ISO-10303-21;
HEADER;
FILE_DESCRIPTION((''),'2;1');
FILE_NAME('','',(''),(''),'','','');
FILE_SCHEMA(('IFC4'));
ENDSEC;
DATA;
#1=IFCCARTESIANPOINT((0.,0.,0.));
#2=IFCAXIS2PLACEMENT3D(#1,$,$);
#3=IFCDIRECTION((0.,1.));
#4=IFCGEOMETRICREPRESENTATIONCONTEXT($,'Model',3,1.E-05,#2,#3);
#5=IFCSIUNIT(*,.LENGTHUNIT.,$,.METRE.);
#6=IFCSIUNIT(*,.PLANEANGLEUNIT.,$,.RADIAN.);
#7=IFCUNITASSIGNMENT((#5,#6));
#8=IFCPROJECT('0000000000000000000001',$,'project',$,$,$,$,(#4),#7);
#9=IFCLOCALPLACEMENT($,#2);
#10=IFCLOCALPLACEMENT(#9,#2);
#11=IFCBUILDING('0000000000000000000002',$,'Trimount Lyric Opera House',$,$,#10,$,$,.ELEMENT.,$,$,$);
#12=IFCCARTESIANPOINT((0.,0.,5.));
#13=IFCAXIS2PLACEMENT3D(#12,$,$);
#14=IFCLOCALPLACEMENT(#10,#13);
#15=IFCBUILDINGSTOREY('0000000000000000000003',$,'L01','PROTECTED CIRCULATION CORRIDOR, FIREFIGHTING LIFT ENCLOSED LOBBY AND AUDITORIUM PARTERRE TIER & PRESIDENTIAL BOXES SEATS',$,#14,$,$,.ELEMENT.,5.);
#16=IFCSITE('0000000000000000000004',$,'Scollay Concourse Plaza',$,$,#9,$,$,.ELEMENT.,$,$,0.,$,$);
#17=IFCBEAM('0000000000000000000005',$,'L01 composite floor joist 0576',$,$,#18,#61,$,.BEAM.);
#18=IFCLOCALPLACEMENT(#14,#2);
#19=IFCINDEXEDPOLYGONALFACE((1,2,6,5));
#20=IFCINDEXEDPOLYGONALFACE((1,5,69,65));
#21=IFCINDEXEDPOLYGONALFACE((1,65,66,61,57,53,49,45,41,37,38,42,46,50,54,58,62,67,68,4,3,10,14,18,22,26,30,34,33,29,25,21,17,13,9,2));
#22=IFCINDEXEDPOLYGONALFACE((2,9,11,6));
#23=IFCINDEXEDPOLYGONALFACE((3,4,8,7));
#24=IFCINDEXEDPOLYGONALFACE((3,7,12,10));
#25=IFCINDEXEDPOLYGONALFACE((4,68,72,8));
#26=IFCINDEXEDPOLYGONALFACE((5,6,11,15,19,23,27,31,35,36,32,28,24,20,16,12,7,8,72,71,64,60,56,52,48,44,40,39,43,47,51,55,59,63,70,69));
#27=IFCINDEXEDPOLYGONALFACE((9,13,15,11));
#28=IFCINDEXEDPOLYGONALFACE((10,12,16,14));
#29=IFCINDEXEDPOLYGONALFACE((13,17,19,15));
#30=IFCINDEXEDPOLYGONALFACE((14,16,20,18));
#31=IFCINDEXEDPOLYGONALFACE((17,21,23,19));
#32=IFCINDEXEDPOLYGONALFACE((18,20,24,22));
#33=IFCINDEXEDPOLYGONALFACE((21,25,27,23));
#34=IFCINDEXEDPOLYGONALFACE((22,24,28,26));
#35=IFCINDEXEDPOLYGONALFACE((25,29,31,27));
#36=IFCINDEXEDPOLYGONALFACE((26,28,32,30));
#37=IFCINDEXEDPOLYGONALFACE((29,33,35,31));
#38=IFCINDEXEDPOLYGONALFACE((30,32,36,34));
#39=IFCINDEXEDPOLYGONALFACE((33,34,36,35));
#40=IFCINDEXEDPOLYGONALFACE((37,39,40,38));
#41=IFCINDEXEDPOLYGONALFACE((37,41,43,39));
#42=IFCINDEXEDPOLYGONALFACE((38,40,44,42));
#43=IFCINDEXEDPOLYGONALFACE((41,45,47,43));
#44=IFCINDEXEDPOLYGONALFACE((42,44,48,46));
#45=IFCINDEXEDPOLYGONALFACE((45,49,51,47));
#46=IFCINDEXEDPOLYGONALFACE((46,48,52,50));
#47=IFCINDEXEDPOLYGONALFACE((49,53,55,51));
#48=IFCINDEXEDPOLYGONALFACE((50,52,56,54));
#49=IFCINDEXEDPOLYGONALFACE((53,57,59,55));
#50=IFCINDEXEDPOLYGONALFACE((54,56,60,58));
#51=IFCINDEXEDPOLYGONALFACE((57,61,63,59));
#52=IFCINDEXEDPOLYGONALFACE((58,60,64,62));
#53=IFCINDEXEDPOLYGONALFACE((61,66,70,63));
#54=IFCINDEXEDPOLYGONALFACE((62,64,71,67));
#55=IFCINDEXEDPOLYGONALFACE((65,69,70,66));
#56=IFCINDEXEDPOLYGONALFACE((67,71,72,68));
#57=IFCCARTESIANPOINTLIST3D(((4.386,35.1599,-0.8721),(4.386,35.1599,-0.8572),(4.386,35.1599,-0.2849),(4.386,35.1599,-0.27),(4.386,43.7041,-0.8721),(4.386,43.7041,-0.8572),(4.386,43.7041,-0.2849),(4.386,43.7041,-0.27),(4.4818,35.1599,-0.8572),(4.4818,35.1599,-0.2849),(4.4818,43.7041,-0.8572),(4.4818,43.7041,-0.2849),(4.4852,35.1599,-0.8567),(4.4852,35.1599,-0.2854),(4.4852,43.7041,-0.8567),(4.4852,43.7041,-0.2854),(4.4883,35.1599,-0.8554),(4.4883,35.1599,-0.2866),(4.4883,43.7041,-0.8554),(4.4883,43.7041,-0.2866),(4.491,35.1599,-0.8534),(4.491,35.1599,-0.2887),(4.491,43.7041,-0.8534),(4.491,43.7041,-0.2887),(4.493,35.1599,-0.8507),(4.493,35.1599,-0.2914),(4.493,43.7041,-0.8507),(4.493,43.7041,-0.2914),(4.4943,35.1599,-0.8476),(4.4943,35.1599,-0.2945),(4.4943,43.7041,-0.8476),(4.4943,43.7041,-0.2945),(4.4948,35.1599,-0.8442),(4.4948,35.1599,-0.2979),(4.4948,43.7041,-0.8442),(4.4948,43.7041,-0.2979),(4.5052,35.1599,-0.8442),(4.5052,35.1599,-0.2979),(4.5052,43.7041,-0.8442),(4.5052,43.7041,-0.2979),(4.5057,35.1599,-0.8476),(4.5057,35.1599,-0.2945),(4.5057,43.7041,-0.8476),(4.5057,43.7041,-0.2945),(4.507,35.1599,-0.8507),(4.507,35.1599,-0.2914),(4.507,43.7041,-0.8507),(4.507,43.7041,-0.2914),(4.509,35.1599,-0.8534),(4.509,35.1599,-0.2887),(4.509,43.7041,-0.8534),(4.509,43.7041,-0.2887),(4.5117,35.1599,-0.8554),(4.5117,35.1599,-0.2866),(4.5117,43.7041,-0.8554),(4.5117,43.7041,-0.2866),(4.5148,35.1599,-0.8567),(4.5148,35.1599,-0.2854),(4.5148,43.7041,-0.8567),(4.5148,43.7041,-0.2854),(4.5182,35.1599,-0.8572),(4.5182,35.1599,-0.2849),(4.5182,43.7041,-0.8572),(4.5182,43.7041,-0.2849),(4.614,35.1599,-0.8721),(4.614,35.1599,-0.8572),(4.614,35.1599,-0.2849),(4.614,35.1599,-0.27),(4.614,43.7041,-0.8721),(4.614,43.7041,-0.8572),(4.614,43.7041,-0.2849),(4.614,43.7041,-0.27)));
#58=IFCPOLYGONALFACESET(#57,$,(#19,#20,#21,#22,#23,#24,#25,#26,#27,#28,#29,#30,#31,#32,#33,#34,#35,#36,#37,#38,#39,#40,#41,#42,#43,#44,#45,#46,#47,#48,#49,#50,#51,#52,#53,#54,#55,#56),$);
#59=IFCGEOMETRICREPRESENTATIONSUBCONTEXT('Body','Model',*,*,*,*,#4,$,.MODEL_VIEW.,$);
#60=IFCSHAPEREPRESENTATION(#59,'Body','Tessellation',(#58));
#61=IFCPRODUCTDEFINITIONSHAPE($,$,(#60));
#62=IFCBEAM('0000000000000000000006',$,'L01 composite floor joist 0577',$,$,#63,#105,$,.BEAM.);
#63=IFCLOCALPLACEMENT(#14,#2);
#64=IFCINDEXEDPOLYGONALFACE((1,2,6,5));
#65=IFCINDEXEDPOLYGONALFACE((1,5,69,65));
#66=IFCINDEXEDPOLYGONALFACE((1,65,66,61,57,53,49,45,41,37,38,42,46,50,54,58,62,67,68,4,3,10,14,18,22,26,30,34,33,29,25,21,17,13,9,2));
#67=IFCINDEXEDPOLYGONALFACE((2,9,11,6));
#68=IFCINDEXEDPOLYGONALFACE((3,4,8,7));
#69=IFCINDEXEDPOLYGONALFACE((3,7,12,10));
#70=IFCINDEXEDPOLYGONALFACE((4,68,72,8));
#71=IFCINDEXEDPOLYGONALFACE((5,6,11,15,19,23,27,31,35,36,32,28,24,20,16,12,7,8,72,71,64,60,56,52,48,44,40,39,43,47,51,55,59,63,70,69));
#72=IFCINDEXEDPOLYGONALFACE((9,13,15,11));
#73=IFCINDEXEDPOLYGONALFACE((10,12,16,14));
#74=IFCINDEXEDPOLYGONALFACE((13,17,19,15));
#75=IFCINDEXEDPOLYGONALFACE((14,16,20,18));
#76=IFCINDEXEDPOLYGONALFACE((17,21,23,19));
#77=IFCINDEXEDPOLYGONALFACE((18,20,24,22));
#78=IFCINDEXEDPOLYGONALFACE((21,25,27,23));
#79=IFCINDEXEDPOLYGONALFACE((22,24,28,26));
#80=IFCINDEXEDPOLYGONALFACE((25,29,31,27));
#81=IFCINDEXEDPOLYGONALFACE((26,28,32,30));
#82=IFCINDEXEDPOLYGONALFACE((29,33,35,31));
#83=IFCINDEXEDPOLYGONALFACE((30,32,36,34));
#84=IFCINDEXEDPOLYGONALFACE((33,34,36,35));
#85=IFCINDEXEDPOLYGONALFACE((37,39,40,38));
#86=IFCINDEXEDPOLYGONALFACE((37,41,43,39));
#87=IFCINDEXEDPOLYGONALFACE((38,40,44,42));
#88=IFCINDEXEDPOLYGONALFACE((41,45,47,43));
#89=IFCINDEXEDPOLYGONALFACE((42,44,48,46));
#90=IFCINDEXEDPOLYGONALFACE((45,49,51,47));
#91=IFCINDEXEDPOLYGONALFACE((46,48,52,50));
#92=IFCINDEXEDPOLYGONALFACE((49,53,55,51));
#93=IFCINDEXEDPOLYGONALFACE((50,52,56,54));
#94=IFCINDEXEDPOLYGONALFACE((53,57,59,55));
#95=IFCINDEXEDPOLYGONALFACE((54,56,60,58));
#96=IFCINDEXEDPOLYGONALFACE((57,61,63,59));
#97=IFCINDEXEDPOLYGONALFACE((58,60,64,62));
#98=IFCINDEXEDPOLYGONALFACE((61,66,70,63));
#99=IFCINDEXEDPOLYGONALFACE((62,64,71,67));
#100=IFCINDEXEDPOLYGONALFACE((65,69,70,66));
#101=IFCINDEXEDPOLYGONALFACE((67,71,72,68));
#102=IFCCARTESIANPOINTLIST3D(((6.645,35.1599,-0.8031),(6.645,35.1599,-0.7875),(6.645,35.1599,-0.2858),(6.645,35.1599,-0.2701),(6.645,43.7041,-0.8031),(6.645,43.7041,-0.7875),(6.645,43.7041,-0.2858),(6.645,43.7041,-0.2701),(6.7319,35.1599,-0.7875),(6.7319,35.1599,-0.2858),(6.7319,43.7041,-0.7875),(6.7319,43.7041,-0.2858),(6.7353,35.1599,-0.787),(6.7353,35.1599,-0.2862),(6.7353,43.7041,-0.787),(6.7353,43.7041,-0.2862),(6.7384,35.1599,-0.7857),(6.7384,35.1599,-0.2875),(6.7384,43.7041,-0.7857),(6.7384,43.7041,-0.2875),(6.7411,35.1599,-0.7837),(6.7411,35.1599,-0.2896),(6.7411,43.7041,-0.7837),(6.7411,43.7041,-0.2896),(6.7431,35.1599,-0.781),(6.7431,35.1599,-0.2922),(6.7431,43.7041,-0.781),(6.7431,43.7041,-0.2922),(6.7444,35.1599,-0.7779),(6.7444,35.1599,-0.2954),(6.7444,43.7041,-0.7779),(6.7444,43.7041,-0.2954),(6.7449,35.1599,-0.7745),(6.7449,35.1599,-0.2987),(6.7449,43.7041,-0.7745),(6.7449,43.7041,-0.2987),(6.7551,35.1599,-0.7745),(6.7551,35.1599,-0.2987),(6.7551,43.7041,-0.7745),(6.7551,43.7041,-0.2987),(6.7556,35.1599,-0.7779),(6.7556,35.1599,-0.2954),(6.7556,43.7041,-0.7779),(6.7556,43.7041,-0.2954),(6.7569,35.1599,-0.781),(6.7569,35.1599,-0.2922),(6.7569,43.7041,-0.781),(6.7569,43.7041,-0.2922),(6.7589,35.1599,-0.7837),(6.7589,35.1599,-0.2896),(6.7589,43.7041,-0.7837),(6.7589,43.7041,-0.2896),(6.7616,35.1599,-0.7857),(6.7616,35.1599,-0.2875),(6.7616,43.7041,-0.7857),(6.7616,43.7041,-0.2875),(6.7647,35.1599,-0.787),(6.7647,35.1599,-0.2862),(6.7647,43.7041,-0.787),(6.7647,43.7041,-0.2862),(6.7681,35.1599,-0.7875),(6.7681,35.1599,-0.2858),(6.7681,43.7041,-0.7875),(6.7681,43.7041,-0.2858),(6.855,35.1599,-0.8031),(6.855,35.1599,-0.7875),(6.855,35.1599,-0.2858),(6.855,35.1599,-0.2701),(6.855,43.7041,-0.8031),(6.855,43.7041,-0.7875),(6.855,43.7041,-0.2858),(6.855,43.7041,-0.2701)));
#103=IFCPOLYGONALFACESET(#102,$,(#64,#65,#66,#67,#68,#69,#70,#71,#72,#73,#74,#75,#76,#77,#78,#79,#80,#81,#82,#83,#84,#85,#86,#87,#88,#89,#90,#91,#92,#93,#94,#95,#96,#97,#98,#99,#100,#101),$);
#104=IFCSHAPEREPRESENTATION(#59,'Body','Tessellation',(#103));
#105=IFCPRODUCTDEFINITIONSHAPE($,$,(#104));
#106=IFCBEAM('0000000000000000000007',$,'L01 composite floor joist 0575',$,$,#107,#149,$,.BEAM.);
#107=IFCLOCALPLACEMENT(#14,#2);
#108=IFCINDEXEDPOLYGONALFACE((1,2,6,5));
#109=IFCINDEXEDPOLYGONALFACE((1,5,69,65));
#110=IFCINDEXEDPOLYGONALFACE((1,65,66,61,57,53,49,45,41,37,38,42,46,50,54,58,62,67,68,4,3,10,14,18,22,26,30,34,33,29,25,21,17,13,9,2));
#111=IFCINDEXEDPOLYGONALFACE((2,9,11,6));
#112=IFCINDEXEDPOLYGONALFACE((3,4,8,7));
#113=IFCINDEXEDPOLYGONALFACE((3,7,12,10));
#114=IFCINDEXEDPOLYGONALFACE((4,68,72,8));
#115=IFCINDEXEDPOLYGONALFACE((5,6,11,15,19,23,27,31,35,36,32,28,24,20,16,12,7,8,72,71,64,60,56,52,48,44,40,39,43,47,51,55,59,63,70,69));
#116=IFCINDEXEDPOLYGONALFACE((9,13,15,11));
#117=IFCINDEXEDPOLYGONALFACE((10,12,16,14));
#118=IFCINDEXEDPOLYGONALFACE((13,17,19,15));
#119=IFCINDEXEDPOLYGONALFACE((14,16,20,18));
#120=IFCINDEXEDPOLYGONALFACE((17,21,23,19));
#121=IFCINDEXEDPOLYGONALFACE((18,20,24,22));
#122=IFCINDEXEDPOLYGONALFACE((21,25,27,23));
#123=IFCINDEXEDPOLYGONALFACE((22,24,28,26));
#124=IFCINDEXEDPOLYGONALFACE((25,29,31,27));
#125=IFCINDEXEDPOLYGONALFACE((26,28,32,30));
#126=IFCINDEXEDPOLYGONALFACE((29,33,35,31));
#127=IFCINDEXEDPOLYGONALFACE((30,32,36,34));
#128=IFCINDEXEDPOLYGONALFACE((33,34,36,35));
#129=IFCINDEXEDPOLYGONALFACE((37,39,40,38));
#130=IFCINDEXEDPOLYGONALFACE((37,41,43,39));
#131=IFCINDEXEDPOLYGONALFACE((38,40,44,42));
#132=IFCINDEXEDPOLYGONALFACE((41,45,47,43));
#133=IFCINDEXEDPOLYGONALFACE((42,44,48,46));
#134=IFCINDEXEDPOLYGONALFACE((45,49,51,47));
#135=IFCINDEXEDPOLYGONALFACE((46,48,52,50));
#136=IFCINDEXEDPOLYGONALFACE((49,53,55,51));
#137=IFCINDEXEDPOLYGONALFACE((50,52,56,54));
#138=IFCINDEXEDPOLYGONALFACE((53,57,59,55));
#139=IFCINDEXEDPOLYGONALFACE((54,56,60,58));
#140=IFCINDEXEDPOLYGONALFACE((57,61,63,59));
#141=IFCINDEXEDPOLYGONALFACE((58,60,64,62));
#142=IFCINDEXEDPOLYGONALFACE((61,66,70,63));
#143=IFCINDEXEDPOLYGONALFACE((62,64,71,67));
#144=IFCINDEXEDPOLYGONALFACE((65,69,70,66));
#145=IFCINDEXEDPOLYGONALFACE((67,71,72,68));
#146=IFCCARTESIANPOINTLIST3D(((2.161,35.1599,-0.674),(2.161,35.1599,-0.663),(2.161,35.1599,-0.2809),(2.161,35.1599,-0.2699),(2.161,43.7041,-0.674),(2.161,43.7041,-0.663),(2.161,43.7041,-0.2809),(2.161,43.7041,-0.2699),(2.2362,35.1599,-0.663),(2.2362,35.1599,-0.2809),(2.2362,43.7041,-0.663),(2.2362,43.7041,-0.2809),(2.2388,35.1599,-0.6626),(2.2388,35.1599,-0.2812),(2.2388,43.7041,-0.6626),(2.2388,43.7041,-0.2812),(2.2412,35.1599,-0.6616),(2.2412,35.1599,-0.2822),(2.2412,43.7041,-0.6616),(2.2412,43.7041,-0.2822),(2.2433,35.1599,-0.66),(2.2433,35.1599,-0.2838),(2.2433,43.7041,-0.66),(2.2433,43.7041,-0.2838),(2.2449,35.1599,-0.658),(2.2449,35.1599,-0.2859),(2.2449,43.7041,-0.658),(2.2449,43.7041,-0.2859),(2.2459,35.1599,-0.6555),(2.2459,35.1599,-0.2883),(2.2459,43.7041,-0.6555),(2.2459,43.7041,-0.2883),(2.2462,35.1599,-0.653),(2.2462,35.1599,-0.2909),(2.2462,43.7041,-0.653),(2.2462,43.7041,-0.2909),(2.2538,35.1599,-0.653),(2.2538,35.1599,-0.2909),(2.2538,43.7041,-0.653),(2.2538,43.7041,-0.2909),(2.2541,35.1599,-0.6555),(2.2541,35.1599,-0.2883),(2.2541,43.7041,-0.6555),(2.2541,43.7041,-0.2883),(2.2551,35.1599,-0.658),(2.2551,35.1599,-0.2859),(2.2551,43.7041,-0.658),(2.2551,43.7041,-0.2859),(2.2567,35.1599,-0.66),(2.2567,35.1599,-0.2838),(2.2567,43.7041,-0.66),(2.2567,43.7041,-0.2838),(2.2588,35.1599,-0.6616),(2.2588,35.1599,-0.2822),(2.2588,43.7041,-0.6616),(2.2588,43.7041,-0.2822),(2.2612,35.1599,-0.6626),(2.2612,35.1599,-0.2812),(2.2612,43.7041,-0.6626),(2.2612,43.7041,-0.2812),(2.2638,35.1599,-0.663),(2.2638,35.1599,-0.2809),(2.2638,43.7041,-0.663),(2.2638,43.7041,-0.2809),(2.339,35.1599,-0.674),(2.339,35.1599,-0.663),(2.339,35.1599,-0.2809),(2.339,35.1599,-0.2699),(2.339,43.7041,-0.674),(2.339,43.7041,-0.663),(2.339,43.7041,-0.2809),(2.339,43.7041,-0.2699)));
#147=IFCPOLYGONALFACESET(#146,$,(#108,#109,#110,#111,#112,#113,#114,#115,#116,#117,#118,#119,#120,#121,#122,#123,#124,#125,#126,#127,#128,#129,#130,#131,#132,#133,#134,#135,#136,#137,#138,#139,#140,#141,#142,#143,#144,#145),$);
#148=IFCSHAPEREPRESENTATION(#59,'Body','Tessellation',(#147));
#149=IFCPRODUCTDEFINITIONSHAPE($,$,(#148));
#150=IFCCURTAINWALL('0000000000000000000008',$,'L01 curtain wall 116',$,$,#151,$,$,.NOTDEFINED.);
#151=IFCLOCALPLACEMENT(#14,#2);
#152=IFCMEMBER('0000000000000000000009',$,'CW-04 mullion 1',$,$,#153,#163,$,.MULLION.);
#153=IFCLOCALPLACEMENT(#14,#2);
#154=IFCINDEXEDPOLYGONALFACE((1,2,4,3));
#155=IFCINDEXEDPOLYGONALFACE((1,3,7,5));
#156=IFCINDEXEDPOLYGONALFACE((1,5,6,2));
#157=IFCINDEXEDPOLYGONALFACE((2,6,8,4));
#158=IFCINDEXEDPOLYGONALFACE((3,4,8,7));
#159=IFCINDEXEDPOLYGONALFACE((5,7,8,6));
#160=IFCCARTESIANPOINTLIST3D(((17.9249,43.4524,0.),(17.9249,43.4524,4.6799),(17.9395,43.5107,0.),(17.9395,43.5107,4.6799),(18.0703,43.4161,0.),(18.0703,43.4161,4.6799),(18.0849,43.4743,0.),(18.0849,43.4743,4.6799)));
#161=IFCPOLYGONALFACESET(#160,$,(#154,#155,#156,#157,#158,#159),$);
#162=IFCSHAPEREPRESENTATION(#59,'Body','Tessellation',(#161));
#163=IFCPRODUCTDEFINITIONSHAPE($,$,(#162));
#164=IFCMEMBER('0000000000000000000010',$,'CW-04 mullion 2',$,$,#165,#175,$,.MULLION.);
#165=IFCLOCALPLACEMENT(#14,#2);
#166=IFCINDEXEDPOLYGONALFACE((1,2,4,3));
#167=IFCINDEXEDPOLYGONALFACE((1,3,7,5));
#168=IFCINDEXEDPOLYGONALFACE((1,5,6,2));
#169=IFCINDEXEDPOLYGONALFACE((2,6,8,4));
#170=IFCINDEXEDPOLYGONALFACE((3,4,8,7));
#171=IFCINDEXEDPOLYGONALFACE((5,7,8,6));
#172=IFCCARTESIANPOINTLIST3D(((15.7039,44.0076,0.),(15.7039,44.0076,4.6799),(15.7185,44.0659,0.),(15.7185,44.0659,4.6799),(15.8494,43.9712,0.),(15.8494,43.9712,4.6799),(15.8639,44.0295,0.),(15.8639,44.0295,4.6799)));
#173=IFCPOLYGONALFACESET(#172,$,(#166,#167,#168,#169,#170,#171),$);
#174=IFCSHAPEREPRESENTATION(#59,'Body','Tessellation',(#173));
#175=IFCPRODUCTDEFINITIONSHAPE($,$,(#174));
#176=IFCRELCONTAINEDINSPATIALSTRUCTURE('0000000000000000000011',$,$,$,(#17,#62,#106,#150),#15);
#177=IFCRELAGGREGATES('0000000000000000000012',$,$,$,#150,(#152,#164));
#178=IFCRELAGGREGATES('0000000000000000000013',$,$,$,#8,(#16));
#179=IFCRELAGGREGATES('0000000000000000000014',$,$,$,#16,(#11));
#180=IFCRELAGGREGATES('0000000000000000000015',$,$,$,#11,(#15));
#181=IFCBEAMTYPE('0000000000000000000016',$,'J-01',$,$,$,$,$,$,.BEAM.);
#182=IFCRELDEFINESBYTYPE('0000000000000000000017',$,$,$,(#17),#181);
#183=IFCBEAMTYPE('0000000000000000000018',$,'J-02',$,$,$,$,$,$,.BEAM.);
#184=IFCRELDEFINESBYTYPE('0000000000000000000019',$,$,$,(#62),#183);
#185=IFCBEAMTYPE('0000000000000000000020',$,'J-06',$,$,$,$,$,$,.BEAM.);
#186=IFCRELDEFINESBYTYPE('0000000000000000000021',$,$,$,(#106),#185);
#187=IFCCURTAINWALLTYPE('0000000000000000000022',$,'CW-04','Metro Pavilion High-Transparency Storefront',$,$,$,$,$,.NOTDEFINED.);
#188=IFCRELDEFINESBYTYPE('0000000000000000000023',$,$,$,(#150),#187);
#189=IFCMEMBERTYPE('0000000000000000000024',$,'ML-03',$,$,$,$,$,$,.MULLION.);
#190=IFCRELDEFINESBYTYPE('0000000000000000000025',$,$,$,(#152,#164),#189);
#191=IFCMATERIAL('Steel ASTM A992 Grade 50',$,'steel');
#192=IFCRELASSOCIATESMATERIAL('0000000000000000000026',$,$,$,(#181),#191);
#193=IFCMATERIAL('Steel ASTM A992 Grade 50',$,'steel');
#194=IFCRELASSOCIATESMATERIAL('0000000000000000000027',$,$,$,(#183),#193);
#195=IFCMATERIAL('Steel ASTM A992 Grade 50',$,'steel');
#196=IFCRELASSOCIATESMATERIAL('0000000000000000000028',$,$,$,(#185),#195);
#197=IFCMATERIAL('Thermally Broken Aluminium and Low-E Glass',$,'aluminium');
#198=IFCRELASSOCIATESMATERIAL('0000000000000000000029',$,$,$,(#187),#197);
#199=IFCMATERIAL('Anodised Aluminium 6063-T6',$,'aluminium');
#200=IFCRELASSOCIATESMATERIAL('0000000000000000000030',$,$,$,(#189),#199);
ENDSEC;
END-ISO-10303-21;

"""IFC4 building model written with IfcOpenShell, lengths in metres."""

from ifc_helpers import new_model, si_unit, direction, frame, origin, origin_2d, place, context, subcontext, project, spatial, rectangle, i_section, extrude, material, material_profile, profile_set, type_object, element, aggregate, save


model = new_model("IFC4")

# Units and contexts
model_context = context("Model", 3, precision=1e-05, world=origin(), true_north=direction((0.0, 1.0)))
body_context = subcontext(model_context, "Body", "Model", "MODEL_VIEW")
ifc_project = project(units=[si_unit("LENGTHUNIT", "METRE"), si_unit("PLANEANGLEUNIT", "RADIAN")], contexts=[model_context])

# Site, building, storey
site_placement = place(None, origin())
site = spatial("IfcSite", under=ifc_project, at=site_placement, Name="Scollay Concourse Plaza", CompositionType="ELEMENT", RefElevation=0.0)
building_placement = place(site_placement, origin())
building = spatial("IfcBuilding", under=site, at=building_placement, Name="Trimount Lyric Opera House", CompositionType="ELEMENT")
storey_placement = place(building_placement, frame((0.0, 0.0, 5.0)))
storey = spatial("IfcBuildingStorey", under=building, at=storey_placement, Name="L01", Description="PROTECTED CIRCULATION CORRIDOR, FIREFIGHTING LIFT ENCLOSED LOBBY AND AUDITORIUM PARTERRE TIER & PRESIDENTIAL BOXES SEATS", CompositionType="ELEMENT", Elevation=5.0)

# Beams
ifc_material_1 = material(Name="Steel ASTM A992 Grade 50", Category="steel")
ifc_material_profile_1 = material_profile(ifc_material_1, i_section(OverallWidth=0.228, OverallDepth=0.6021, WebThickness=0.0105, FlangeThickness=0.0149, FilletRadius=0.0129, at=origin_2d()), Name="W24X68")
ifc_profile_set_1 = profile_set([ifc_material_profile_1], Name="Steel ASTM A992 Grade 50")
beam_type_1 = type_object("IfcBeamType", Name="J-01", PredefinedType="BEAM", material=ifc_profile_set_1)
beam_1_placement = place(storey_placement, frame((4.5, 35.1599, -0.571), z_axis=(0.0, 1.0, 0.0), x_axis=(-1.0, 0.0, 0.0)))
element("IfcBeam", 1, at=beam_1_placement, inside=storey, type_object=beam_type_1, Name="L01 composite floor joist 0576", PredefinedType="BEAM", context=body_context, shape_type="SweptSolid", body=[
    extrude(i_section(OverallWidth=0.228, OverallDepth=0.6021, WebThickness=0.0105, FlangeThickness=0.0149, FilletRadius=0.0129, at=origin_2d()), origin(), (0.0, 0.0, 1.0), 8.5442),
])
ifc_material_2 = material(Name="Steel ASTM A992 Grade 50", Category="steel")
ifc_material_profile_2 = material_profile(ifc_material_2, i_section(OverallWidth=0.21, OverallDepth=0.533, WebThickness=0.0103, FlangeThickness=0.0156, FilletRadius=0.0129, at=origin_2d()), Name="W21X62")
ifc_profile_set_2 = profile_set([ifc_material_profile_2], Name="Steel ASTM A992 Grade 50")
beam_type_2 = type_object("IfcBeamType", Name="J-02", PredefinedType="BEAM", material=ifc_profile_set_2)
beam_2_placement = place(storey_placement, frame((6.75, 35.1599, -0.5366), z_axis=(0.0, 1.0, 0.0), x_axis=(-1.0, 0.0, 0.0)))
element("IfcBeam", 2, at=beam_2_placement, inside=storey, type_object=beam_type_2, Name="L01 composite floor joist 0577", PredefinedType="BEAM", context=body_context, shape_type="SweptSolid", body=[
    extrude(i_section(OverallWidth=0.21, OverallDepth=0.533, WebThickness=0.0103, FlangeThickness=0.0156, FilletRadius=0.0129, at=origin_2d()), origin(), (0.0, 0.0, 1.0), 8.5442),
])
ifc_material_3 = material(Name="Steel ASTM A992 Grade 50", Category="steel")
ifc_material_profile_3 = material_profile(ifc_material_3, i_section(OverallWidth=0.178, OverallDepth=0.4041, WebThickness=0.0076, FlangeThickness=0.011, FilletRadius=0.01, at=origin_2d()), Name="W16X36")
ifc_profile_set_3 = profile_set([ifc_material_profile_3], Name="Steel ASTM A992 Grade 50")
beam_type_3 = type_object("IfcBeamType", Name="J-06", PredefinedType="BEAM", material=ifc_profile_set_3)
beam_3_placement = place(storey_placement, frame((2.25, 35.1599, -0.4719), z_axis=(0.0, 1.0, 0.0), x_axis=(-1.0, 0.0, 0.0)))
element("IfcBeam", 3, at=beam_3_placement, inside=storey, type_object=beam_type_3, Name="L01 composite floor joist 0575", PredefinedType="BEAM", context=body_context, shape_type="SweptSolid", body=[
    extrude(i_section(OverallWidth=0.178, OverallDepth=0.4041, WebThickness=0.0076, FlangeThickness=0.011, FilletRadius=0.01, at=origin_2d()), origin(), (0.0, 0.0, 1.0), 8.5442),
])

# Curtain wall, members
ifc_material_4 = material(Name="Thermally Broken Aluminium and Low-E Glass", Category="aluminium")
curtain_wall_type = type_object("IfcCurtainWallType", Name="CW-04", Description="Metro Pavilion High-Transparency Storefront", PredefinedType="NOTDEFINED", material=ifc_material_4)
curtain_wall_placement = place(storey_placement, origin())
curtain_wall = element("IfcCurtainWall", 4, at=curtain_wall_placement, inside=storey, type_object=curtain_wall_type, Name="L01 curtain wall 116", PredefinedType="NOTDEFINED")
ifc_material_5 = material(Name="Anodised Aluminium 6063-T6", Category="aluminium")
ifc_material_profile_4 = material_profile(ifc_material_5, rectangle(XDim=0.0601, YDim=0.1499, at=origin_2d()), Name="ALU-MULL-60X150")
ifc_profile_set_4 = profile_set([ifc_material_profile_4], Name="Anodised Aluminium 6063-T6")
member_type_1 = type_object("IfcMemberType", Name="ML-03", PredefinedType="MULLION", material=ifc_profile_set_4)
member_1_placement = place(storey_placement, frame((18.0049, 43.4634, 0.0), z_axis=(0.0, 0.0, 1.0), x_axis=(-0.242536, -0.970143, 0.0)))
member_1 = element("IfcMember", 5, at=member_1_placement, type_object=member_type_1, Name="CW-04 mullion 1", PredefinedType="MULLION", context=body_context, shape_type="SweptSolid", body=[
    extrude(rectangle(XDim=0.0601, YDim=0.1499, at=origin_2d()), origin(), (0.0, 0.0, 1.0), 4.6799),
])
member_2_placement = place(storey_placement, frame((15.7839, 44.0186, 0.0), z_axis=(0.0, 0.0, 1.0), x_axis=(-0.242536, -0.970143, 0.0)))
member_2 = element("IfcMember", 6, at=member_2_placement, type_object=member_type_1, Name="CW-04 mullion 2", PredefinedType="MULLION", context=body_context, shape_type="SweptSolid", body=[
    extrude(rectangle(XDim=0.0601, YDim=0.1499, at=origin_2d()), origin(), (0.0, 0.0, 1.0), 4.6799),
])

aggregate(curtain_wall, [member_1, member_2])

save(model, "model.ifc")
